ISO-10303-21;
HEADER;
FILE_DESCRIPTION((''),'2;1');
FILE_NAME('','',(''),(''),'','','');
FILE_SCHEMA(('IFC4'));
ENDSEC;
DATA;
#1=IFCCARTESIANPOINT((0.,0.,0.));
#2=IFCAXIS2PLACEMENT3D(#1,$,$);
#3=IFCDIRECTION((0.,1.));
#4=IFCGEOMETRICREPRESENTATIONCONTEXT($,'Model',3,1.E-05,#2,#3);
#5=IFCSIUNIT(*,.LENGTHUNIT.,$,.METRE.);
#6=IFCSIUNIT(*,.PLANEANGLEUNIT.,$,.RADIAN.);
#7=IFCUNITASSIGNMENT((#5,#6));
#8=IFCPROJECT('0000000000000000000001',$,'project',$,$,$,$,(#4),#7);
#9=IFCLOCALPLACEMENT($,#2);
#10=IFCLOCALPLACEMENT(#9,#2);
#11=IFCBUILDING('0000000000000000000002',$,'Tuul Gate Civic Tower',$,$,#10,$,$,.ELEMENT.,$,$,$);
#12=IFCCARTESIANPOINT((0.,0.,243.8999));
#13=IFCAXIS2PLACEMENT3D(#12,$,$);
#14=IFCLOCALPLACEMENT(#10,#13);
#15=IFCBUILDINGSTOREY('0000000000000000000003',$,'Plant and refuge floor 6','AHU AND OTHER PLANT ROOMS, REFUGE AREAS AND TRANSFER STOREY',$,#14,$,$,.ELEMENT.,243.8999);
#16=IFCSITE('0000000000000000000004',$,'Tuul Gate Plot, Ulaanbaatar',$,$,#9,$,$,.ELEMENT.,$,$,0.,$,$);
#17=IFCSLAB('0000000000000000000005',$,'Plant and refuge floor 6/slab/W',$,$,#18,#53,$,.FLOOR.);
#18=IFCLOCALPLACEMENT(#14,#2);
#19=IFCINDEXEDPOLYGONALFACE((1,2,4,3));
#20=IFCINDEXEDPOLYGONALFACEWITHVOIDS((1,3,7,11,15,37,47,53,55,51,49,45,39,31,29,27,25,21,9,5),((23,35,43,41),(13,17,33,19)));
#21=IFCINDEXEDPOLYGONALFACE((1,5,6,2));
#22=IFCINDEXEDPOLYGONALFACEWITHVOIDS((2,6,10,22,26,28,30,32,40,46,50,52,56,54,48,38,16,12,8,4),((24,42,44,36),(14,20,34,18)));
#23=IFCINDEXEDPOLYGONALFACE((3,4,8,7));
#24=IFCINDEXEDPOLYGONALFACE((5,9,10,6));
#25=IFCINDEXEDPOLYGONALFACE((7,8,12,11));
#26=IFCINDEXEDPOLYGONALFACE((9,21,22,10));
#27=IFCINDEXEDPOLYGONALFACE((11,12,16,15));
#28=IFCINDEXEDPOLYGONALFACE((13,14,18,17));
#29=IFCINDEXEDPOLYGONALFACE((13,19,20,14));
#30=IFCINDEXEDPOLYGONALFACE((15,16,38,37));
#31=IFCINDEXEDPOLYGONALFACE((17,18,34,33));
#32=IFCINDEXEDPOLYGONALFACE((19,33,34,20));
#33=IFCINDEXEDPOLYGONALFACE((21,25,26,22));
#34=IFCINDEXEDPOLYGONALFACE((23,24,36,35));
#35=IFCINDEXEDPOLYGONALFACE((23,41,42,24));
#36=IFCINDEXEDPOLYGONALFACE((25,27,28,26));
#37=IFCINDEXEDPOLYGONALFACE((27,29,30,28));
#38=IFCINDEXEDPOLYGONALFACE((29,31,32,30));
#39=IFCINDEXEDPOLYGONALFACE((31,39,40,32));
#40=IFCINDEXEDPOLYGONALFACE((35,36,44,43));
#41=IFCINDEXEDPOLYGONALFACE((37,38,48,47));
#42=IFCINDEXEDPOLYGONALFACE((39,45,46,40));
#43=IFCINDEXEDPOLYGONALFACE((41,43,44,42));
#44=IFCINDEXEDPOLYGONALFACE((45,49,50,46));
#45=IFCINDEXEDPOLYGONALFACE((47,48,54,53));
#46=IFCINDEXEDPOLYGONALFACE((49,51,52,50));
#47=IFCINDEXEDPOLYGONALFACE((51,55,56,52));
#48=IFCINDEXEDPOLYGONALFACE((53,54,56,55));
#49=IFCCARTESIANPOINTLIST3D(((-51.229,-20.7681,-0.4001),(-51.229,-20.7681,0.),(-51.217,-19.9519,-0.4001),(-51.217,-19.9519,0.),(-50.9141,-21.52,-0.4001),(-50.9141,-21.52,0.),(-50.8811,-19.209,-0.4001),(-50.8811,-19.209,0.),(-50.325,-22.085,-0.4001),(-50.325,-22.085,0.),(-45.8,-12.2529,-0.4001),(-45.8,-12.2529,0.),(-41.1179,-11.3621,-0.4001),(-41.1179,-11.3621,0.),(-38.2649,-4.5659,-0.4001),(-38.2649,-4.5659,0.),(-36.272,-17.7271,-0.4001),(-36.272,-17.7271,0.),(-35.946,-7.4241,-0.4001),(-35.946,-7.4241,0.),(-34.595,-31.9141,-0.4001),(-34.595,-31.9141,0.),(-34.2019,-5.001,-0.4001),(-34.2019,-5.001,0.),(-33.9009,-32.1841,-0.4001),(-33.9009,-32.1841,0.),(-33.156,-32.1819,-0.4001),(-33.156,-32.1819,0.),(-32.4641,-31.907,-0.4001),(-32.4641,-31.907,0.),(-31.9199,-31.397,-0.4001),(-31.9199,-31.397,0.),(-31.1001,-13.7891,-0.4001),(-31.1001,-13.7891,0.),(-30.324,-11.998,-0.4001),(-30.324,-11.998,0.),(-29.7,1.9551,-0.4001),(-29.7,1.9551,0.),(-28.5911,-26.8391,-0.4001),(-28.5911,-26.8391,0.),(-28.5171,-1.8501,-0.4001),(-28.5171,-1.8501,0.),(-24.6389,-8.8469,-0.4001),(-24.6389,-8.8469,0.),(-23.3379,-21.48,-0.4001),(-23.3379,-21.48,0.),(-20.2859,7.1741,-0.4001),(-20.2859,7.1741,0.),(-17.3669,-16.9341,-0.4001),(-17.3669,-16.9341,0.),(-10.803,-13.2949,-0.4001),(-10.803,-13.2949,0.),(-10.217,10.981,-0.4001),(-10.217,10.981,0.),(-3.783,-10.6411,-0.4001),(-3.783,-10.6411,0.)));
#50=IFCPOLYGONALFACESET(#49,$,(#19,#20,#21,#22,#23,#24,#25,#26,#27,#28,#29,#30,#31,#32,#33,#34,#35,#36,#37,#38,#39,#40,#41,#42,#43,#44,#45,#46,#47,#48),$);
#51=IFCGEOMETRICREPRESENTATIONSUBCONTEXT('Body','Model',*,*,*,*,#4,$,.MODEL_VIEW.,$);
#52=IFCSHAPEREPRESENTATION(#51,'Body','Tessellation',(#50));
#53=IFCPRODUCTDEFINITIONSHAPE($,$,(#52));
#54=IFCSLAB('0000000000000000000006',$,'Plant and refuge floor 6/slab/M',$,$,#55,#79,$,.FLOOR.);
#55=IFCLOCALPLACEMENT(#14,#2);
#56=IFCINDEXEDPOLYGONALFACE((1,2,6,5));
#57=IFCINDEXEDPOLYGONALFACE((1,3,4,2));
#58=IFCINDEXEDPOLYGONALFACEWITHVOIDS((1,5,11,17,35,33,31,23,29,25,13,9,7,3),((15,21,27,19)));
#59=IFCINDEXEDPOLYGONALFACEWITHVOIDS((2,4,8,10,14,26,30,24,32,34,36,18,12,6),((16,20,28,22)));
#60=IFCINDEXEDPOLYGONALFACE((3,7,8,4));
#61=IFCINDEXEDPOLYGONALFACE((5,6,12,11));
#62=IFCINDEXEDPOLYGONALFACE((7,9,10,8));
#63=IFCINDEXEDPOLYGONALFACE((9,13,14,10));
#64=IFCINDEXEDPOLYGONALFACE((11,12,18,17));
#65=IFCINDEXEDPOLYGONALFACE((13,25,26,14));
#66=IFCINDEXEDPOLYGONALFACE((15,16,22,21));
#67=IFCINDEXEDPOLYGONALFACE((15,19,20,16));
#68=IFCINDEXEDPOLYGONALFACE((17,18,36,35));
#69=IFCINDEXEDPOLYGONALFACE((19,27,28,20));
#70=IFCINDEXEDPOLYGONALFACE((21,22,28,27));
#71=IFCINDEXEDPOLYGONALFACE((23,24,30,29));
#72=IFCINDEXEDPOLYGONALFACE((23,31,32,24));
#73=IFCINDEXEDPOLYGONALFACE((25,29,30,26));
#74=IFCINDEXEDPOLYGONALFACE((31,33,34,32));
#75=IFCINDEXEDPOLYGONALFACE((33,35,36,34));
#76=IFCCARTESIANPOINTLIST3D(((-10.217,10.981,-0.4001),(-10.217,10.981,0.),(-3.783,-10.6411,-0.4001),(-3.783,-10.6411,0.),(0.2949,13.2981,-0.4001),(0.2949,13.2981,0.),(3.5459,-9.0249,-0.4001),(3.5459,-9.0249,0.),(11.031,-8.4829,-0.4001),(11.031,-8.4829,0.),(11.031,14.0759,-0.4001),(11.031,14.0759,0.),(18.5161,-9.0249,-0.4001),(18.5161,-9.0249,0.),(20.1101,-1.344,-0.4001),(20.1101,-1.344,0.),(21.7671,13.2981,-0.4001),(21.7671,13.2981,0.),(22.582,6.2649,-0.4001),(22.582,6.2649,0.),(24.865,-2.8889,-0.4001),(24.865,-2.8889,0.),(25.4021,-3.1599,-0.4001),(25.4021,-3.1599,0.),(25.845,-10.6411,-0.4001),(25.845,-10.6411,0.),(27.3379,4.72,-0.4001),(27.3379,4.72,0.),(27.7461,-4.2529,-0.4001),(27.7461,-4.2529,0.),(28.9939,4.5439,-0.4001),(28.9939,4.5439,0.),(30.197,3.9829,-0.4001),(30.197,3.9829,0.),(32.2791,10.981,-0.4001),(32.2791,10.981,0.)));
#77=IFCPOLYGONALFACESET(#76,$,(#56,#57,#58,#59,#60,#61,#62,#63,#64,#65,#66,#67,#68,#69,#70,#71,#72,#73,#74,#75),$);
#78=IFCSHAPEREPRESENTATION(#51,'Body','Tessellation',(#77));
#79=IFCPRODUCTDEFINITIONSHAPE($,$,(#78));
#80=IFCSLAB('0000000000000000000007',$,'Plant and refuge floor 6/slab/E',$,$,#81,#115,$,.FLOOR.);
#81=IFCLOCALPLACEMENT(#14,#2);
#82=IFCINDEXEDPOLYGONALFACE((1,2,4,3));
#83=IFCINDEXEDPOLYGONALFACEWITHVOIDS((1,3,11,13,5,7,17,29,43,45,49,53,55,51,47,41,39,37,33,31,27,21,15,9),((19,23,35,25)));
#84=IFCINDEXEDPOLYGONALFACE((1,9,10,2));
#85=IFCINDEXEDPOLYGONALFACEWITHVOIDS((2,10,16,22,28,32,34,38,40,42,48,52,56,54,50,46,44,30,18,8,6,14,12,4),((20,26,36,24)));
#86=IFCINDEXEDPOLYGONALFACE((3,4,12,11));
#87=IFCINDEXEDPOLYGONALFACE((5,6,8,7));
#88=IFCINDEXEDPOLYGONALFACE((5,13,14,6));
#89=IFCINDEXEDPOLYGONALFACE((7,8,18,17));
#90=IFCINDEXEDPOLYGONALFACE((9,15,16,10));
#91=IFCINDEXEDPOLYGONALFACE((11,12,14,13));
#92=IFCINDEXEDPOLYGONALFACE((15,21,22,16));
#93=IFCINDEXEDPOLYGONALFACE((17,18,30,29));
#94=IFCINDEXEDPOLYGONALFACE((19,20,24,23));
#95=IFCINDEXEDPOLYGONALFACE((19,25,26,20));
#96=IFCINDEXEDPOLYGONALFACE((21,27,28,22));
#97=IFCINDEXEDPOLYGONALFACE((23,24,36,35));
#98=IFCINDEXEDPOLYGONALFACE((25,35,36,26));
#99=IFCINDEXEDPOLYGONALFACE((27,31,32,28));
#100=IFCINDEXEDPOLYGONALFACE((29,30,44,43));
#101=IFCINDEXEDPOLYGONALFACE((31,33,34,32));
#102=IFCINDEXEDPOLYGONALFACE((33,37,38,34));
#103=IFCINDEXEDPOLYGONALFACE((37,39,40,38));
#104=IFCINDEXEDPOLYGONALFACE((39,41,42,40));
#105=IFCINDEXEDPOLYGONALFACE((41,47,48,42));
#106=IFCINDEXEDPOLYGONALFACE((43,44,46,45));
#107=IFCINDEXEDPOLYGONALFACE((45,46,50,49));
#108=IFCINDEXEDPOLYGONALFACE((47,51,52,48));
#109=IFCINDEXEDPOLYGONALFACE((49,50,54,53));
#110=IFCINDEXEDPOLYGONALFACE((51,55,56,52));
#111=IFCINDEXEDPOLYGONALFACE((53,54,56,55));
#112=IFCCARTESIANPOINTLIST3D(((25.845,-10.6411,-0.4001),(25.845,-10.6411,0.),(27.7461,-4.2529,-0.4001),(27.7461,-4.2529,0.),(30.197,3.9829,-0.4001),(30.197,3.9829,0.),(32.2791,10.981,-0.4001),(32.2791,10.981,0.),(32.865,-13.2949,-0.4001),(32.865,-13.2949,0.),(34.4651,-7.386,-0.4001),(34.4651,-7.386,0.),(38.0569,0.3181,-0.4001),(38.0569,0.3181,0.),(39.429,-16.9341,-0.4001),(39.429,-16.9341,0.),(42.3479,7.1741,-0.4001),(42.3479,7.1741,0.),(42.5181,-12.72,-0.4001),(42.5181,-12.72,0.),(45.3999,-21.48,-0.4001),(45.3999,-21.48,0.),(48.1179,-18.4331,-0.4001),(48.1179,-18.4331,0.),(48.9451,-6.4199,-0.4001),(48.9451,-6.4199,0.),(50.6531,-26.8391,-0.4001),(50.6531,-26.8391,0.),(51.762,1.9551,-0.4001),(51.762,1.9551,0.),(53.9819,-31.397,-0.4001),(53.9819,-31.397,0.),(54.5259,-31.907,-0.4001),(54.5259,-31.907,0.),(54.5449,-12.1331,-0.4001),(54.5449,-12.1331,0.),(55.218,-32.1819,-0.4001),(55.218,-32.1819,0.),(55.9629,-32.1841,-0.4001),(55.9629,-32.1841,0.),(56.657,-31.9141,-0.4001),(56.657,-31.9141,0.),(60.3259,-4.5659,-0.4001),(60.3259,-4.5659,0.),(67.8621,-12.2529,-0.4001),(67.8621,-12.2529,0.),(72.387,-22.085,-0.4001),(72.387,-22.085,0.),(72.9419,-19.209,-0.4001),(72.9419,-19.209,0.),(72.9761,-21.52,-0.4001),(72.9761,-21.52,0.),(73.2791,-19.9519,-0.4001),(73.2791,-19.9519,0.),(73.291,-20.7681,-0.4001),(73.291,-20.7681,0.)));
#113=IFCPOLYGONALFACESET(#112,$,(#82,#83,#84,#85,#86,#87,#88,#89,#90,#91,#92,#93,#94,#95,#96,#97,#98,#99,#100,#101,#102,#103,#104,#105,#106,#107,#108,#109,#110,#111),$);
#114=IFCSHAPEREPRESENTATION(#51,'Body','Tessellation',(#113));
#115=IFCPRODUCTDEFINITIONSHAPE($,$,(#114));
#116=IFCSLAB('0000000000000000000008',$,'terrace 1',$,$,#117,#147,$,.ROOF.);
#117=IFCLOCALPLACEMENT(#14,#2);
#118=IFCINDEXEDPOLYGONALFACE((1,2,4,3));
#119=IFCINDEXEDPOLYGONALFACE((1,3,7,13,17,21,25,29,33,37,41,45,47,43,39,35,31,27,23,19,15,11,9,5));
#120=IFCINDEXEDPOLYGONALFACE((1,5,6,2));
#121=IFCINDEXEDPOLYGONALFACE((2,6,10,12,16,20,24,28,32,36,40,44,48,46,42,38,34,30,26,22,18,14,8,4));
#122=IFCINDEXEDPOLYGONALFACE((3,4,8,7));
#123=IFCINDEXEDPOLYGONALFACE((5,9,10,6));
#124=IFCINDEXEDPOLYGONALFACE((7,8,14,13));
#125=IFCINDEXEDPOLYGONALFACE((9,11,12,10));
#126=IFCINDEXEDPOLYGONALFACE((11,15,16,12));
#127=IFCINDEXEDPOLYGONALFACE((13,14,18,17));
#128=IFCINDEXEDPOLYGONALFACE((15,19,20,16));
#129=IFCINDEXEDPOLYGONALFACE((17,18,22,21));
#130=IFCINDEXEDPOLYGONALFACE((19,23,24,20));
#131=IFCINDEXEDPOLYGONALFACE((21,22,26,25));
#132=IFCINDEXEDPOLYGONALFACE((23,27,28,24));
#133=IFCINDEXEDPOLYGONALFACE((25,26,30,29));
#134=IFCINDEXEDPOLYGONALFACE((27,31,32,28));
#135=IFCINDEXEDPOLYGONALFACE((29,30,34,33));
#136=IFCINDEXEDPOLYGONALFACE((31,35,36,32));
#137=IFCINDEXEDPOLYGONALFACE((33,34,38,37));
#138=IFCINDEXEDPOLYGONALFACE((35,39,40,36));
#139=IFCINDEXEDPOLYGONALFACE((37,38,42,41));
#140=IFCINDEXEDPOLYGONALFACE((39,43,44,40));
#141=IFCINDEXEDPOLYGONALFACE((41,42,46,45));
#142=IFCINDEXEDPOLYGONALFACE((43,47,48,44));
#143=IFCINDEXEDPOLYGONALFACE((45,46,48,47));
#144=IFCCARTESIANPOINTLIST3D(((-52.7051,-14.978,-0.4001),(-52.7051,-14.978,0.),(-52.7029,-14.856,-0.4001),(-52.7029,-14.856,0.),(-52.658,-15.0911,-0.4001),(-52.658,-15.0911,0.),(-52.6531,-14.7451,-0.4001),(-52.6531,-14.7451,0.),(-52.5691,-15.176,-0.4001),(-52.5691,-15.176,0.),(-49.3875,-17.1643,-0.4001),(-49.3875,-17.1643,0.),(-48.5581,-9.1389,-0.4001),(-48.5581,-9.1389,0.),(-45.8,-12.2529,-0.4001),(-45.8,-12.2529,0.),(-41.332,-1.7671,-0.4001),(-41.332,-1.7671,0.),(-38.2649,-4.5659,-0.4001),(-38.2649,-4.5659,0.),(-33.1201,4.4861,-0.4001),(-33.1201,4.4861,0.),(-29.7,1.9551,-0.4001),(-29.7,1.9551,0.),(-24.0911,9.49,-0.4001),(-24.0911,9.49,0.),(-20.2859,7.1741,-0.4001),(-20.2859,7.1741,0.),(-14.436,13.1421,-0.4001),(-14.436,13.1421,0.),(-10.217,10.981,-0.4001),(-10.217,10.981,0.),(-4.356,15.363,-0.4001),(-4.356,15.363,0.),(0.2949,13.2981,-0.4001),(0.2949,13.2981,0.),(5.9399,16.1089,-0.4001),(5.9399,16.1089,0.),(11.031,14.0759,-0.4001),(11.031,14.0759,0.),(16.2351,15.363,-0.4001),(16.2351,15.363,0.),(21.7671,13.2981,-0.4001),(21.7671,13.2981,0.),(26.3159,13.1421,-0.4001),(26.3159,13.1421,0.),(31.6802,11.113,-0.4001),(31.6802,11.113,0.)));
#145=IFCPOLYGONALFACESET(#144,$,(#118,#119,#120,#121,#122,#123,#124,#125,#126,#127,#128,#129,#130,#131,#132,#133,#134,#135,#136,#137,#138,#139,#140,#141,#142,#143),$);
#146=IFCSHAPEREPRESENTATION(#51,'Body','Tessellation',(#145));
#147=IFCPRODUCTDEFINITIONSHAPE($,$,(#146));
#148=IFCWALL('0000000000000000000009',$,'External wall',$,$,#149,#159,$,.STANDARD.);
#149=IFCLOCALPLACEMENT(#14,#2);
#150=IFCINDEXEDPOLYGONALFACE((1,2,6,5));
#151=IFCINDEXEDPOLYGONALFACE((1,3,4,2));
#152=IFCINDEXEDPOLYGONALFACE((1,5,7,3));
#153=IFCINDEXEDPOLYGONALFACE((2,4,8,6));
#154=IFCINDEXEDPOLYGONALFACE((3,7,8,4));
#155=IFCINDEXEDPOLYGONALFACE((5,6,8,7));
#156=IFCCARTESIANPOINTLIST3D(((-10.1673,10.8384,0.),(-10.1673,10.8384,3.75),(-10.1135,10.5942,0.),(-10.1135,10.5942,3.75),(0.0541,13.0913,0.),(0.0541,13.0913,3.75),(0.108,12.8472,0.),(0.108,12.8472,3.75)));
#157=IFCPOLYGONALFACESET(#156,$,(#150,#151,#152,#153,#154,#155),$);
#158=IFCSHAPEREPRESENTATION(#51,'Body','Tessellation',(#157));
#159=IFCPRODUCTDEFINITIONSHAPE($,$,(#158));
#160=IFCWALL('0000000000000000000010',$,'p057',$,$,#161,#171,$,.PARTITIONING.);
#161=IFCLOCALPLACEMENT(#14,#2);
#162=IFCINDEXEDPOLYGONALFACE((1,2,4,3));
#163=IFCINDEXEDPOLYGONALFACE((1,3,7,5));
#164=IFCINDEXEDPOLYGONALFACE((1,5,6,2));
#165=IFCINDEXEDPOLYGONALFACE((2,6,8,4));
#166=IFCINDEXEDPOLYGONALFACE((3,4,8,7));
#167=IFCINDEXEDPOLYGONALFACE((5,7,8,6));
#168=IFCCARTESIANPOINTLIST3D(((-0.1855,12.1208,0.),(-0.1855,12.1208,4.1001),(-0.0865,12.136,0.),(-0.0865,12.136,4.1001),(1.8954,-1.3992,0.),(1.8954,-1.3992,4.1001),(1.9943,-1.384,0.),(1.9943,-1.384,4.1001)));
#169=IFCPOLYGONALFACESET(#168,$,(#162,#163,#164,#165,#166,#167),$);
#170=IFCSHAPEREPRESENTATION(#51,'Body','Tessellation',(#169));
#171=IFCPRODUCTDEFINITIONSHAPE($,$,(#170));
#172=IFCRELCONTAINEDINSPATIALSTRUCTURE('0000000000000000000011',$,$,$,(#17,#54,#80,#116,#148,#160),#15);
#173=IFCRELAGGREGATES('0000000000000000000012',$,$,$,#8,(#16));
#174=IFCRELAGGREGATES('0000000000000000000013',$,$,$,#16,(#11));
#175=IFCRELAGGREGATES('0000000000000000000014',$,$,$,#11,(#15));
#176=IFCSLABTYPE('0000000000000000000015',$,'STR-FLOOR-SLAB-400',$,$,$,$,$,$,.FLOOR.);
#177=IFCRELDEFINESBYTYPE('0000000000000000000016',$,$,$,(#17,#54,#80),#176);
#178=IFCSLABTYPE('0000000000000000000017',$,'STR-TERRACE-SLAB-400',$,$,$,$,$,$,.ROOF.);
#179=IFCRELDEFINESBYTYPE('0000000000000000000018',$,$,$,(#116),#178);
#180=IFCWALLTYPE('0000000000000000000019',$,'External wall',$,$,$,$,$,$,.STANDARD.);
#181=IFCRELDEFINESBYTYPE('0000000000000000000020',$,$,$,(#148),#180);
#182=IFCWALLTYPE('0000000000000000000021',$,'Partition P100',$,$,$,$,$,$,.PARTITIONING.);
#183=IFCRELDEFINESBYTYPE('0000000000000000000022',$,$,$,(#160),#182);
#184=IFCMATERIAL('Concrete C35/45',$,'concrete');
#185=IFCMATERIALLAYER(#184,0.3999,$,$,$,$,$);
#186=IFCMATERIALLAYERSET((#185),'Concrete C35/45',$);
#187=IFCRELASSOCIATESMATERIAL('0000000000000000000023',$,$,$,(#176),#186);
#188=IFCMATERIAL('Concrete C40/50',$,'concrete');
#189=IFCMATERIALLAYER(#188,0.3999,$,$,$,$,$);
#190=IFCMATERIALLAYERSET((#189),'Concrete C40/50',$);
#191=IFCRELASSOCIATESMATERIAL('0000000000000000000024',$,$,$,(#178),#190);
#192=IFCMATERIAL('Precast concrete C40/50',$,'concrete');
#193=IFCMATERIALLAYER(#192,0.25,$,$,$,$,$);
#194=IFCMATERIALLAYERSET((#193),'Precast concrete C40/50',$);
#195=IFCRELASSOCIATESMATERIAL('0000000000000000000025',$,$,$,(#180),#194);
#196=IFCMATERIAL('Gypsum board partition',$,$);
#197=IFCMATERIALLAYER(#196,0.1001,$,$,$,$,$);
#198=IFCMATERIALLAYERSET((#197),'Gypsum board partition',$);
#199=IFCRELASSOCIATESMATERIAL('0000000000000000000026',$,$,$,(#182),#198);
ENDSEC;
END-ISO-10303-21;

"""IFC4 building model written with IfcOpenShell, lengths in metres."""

from ifc_helpers import new_model, si_unit, direction, frame, frame_2d, origin, place, context, subcontext, project, spatial, polyline, rectangle, outline, extrude, material, layer, layer_set, type_object, element, save


model = new_model("IFC4")

# Units and contexts
model_context = context("Model", 3, precision=1e-05, world=origin(), true_north=direction((0.0, 1.0)))
body_context = subcontext(model_context, "Body", "Model", "MODEL_VIEW")
ifc_project = project(units=[si_unit("LENGTHUNIT", "METRE"), si_unit("PLANEANGLEUNIT", "RADIAN")], contexts=[model_context])

# Site, building, storey
site_placement = place(None, origin())
site = spatial("IfcSite", under=ifc_project, at=site_placement, Name="Tuul Gate Plot, Ulaanbaatar", CompositionType="ELEMENT", RefElevation=0.0)
building_placement = place(site_placement, origin())
building = spatial("IfcBuilding", under=site, at=building_placement, Name="Tuul Gate Civic Tower", CompositionType="ELEMENT")
storey_placement = place(building_placement, frame((0.0, 0.0, 243.8999)))
storey = spatial("IfcBuildingStorey", under=building, at=storey_placement, Name="Plant and refuge floor 6", Description="AHU AND OTHER PLANT ROOMS, REFUGE AREAS AND TRANSFER STOREY", CompositionType="ELEMENT", Elevation=243.8999)

# Slabs
ifc_material_1 = material(Name="Concrete C35/45", Category="concrete")
ifc_layer_1 = layer(ifc_material_1, 0.3999)
ifc_layer_set_1 = layer_set([ifc_layer_1], Name="Concrete C35/45")
slab_type_1 = type_object("IfcSlabType", Name="STR-FLOOR-SLAB-400", PredefinedType="FLOOR", material=ifc_layer_set_1)
slab_1_placement = place(storey_placement, frame((0.0, 0.0, -0.4001)))
element("IfcSlab", 1, at=slab_1_placement, inside=storey, type_object=slab_type_1, Name="Plant and refuge floor 6/slab/W", PredefinedType="FLOOR", context=body_context, shape_type="SweptSolid", body=[
    extrude(outline(polyline([(-10.803, -13.2949), (-3.783, -10.6411), (-10.217, 10.981), (-20.2859, 7.1741), (-29.7, 1.9551), (-38.2649, -4.5659), (-45.8, -12.2529), (-50.8811, -19.209), (-51.217, -19.9519), (-51.229, -20.7681), (-50.9141, -21.52), (-50.325, -22.085), (-34.595, -31.9141), (-33.9009, -32.1841), (-33.156, -32.1819), (-32.4641, -31.907), (-31.9199, -31.397), (-28.5911, -26.8391), (-23.3379, -21.48), (-17.3669, -16.9341), (-10.803, -13.2949)]), holes=[polyline([(-31.1001, -13.7891), (-36.272, -17.7271), (-41.1179, -11.3621), (-35.946, -7.4241), (-31.1001, -13.7891)]), polyline([(-24.6389, -8.8469), (-30.324, -11.998), (-34.2019, -5.001), (-28.5171, -1.8501), (-24.6389, -8.8469)])]), origin(), (0.0, 0.0, 1.0), 0.4001),
])
slab_2_placement = place(storey_placement, frame((0.0, 0.0, -0.4001)))
element("IfcSlab", 2, at=slab_2_placement, inside=storey, type_object=slab_type_1, Name="Plant and refuge floor 6/slab/M", PredefinedType="FLOOR", context=body_context, shape_type="SweptSolid", body=[
    extrude(outline(polyline([(18.5161, -9.0249), (25.845, -10.6411), (27.7461, -4.2529), (25.4021, -3.1599), (28.9939, 4.5439), (30.197, 3.9829), (32.2791, 10.981), (21.7671, 13.2981), (11.031, 14.0759), (0.2949, 13.2981), (-10.217, 10.981), (-3.783, -10.6411), (3.5459, -9.0249), (11.031, -8.4829), (18.5161, -9.0249)]), holes=[polyline([(20.1101, -1.344), (22.582, 6.2649), (27.3379, 4.72), (24.865, -2.8889), (20.1101, -1.344)])]), origin(), (0.0, 0.0, 1.0), 0.4001),
])
slab_3_placement = place(storey_placement, frame((0.0, 0.0, -0.4001)))
element("IfcSlab", 3, at=slab_3_placement, inside=storey, type_object=slab_type_1, Name="Plant and refuge floor 6/slab/E", PredefinedType="FLOOR", context=body_context, shape_type="SweptSolid", body=[
    extrude(outline(polyline([(55.9629, -32.1841), (56.657, -31.9141), (72.387, -22.085), (72.9761, -21.52), (73.291, -20.7681), (73.2791, -19.9519), (72.9419, -19.209), (67.8621, -12.2529), (60.3259, -4.5659), (51.762, 1.9551), (42.3479, 7.1741), (32.2791, 10.981), (30.197, 3.9829), (38.0569, 0.3181), (34.4651, -7.386), (27.7461, -4.2529), (25.845, -10.6411), (32.865, -13.2949), (39.429, -16.9341), (45.3999, -21.48), (50.6531, -26.8391), (53.9819, -31.397), (54.5259, -31.907), (55.218, -32.1819), (55.9629, -32.1841)]), holes=[polyline([(48.1179, -18.4331), (42.5181, -12.72), (48.9451, -6.4199), (54.5449, -12.1331), (48.1179, -18.4331)])]), origin(), (0.0, 0.0, 1.0), 0.4001),
])
ifc_material_2 = material(Name="Concrete C40/50", Category="concrete")
ifc_layer_2 = layer(ifc_material_2, 0.3999)
ifc_layer_set_2 = layer_set([ifc_layer_2], Name="Concrete C40/50")
slab_type_2 = type_object("IfcSlabType", Name="STR-TERRACE-SLAB-400", PredefinedType="ROOF", material=ifc_layer_set_2)
slab_4_placement = place(storey_placement, frame((0.0, 0.0, -0.4001)))
element("IfcSlab", 4, at=slab_4_placement, inside=storey, type_object=slab_type_2, Name="terrace 1", PredefinedType="ROOF", context=body_context, shape_type="SweptSolid", body=[
    extrude(outline(polyline([(-52.5691, -15.176), (-52.658, -15.0911), (-52.7051, -14.978), (-52.7029, -14.856), (-52.6531, -14.7451), (-48.5581, -9.1389), (-41.332, -1.7671), (-33.1201, 4.4861), (-24.0911, 9.49), (-14.436, 13.1421), (-4.356, 15.363), (5.9399, 16.1089), (16.2351, 15.363), (26.3159, 13.1421), (31.6802, 11.113), (21.7671, 13.2981), (11.031, 14.0759), (0.2949, 13.2981), (-10.217, 10.981), (-20.2859, 7.1741), (-29.7, 1.9551), (-38.2649, -4.5659), (-45.8, -12.2529), (-49.3875, -17.1643), (-52.5691, -15.176)])), origin(), (0.0, 0.0, 1.0), 0.4001),
])

# Walls
ifc_material_3 = material(Name="Precast concrete C40/50", Category="concrete")
ifc_layer_3 = layer(ifc_material_3, 0.25)
ifc_layer_set_3 = layer_set([ifc_layer_3], Name="Precast concrete C40/50")
wall_type_1 = type_object("IfcWallType", Name="External wall", PredefinedType="STANDARD", material=ifc_layer_set_3)
wall_1_placement = place(storey_placement, frame((0.0811, 12.9692, 0.0), z_axis=(0.0, 0.0, 1.0), x_axis=(-0.97656, -0.215246, 0.0)))
element("IfcWall", 5, at=wall_1_placement, inside=storey, type_object=wall_type_1, Name="External wall", PredefinedType="STANDARD", context=body_context, shape_type="SweptSolid", body=[
    extrude(rectangle(XDim=10.4668, YDim=0.25, at=frame_2d((5.2334, 0.0))), origin(), (0.0, 0.0, 1.0), 3.75),
])
ifc_material_4 = material(Name="Gypsum board partition")
ifc_layer_4 = layer(ifc_material_4, 0.1001)
ifc_layer_set_4 = layer_set([ifc_layer_4], Name="Gypsum board partition")
wall_type_2 = type_object("IfcWallType", Name="Partition P100", PredefinedType="PARTITIONING", material=ifc_layer_set_4)
wall_2_placement = place(storey_placement, frame((-0.136, 12.1284, 0.0), z_axis=(0.0, 0.0, 1.0), x_axis=(0.152115, -0.988363, 0.0)))
element("IfcWall", 6, at=wall_2_placement, inside=storey, type_object=wall_type_2, Name="p057", PredefinedType="PARTITIONING", context=body_context, shape_type="SweptSolid", body=[
    extrude(rectangle(XDim=13.6792, YDim=0.1001, at=frame_2d((6.8396, 0.0))), origin(), (0.0, 0.0, 1.0), 4.1001),
])

save(model, "model.ifc")
